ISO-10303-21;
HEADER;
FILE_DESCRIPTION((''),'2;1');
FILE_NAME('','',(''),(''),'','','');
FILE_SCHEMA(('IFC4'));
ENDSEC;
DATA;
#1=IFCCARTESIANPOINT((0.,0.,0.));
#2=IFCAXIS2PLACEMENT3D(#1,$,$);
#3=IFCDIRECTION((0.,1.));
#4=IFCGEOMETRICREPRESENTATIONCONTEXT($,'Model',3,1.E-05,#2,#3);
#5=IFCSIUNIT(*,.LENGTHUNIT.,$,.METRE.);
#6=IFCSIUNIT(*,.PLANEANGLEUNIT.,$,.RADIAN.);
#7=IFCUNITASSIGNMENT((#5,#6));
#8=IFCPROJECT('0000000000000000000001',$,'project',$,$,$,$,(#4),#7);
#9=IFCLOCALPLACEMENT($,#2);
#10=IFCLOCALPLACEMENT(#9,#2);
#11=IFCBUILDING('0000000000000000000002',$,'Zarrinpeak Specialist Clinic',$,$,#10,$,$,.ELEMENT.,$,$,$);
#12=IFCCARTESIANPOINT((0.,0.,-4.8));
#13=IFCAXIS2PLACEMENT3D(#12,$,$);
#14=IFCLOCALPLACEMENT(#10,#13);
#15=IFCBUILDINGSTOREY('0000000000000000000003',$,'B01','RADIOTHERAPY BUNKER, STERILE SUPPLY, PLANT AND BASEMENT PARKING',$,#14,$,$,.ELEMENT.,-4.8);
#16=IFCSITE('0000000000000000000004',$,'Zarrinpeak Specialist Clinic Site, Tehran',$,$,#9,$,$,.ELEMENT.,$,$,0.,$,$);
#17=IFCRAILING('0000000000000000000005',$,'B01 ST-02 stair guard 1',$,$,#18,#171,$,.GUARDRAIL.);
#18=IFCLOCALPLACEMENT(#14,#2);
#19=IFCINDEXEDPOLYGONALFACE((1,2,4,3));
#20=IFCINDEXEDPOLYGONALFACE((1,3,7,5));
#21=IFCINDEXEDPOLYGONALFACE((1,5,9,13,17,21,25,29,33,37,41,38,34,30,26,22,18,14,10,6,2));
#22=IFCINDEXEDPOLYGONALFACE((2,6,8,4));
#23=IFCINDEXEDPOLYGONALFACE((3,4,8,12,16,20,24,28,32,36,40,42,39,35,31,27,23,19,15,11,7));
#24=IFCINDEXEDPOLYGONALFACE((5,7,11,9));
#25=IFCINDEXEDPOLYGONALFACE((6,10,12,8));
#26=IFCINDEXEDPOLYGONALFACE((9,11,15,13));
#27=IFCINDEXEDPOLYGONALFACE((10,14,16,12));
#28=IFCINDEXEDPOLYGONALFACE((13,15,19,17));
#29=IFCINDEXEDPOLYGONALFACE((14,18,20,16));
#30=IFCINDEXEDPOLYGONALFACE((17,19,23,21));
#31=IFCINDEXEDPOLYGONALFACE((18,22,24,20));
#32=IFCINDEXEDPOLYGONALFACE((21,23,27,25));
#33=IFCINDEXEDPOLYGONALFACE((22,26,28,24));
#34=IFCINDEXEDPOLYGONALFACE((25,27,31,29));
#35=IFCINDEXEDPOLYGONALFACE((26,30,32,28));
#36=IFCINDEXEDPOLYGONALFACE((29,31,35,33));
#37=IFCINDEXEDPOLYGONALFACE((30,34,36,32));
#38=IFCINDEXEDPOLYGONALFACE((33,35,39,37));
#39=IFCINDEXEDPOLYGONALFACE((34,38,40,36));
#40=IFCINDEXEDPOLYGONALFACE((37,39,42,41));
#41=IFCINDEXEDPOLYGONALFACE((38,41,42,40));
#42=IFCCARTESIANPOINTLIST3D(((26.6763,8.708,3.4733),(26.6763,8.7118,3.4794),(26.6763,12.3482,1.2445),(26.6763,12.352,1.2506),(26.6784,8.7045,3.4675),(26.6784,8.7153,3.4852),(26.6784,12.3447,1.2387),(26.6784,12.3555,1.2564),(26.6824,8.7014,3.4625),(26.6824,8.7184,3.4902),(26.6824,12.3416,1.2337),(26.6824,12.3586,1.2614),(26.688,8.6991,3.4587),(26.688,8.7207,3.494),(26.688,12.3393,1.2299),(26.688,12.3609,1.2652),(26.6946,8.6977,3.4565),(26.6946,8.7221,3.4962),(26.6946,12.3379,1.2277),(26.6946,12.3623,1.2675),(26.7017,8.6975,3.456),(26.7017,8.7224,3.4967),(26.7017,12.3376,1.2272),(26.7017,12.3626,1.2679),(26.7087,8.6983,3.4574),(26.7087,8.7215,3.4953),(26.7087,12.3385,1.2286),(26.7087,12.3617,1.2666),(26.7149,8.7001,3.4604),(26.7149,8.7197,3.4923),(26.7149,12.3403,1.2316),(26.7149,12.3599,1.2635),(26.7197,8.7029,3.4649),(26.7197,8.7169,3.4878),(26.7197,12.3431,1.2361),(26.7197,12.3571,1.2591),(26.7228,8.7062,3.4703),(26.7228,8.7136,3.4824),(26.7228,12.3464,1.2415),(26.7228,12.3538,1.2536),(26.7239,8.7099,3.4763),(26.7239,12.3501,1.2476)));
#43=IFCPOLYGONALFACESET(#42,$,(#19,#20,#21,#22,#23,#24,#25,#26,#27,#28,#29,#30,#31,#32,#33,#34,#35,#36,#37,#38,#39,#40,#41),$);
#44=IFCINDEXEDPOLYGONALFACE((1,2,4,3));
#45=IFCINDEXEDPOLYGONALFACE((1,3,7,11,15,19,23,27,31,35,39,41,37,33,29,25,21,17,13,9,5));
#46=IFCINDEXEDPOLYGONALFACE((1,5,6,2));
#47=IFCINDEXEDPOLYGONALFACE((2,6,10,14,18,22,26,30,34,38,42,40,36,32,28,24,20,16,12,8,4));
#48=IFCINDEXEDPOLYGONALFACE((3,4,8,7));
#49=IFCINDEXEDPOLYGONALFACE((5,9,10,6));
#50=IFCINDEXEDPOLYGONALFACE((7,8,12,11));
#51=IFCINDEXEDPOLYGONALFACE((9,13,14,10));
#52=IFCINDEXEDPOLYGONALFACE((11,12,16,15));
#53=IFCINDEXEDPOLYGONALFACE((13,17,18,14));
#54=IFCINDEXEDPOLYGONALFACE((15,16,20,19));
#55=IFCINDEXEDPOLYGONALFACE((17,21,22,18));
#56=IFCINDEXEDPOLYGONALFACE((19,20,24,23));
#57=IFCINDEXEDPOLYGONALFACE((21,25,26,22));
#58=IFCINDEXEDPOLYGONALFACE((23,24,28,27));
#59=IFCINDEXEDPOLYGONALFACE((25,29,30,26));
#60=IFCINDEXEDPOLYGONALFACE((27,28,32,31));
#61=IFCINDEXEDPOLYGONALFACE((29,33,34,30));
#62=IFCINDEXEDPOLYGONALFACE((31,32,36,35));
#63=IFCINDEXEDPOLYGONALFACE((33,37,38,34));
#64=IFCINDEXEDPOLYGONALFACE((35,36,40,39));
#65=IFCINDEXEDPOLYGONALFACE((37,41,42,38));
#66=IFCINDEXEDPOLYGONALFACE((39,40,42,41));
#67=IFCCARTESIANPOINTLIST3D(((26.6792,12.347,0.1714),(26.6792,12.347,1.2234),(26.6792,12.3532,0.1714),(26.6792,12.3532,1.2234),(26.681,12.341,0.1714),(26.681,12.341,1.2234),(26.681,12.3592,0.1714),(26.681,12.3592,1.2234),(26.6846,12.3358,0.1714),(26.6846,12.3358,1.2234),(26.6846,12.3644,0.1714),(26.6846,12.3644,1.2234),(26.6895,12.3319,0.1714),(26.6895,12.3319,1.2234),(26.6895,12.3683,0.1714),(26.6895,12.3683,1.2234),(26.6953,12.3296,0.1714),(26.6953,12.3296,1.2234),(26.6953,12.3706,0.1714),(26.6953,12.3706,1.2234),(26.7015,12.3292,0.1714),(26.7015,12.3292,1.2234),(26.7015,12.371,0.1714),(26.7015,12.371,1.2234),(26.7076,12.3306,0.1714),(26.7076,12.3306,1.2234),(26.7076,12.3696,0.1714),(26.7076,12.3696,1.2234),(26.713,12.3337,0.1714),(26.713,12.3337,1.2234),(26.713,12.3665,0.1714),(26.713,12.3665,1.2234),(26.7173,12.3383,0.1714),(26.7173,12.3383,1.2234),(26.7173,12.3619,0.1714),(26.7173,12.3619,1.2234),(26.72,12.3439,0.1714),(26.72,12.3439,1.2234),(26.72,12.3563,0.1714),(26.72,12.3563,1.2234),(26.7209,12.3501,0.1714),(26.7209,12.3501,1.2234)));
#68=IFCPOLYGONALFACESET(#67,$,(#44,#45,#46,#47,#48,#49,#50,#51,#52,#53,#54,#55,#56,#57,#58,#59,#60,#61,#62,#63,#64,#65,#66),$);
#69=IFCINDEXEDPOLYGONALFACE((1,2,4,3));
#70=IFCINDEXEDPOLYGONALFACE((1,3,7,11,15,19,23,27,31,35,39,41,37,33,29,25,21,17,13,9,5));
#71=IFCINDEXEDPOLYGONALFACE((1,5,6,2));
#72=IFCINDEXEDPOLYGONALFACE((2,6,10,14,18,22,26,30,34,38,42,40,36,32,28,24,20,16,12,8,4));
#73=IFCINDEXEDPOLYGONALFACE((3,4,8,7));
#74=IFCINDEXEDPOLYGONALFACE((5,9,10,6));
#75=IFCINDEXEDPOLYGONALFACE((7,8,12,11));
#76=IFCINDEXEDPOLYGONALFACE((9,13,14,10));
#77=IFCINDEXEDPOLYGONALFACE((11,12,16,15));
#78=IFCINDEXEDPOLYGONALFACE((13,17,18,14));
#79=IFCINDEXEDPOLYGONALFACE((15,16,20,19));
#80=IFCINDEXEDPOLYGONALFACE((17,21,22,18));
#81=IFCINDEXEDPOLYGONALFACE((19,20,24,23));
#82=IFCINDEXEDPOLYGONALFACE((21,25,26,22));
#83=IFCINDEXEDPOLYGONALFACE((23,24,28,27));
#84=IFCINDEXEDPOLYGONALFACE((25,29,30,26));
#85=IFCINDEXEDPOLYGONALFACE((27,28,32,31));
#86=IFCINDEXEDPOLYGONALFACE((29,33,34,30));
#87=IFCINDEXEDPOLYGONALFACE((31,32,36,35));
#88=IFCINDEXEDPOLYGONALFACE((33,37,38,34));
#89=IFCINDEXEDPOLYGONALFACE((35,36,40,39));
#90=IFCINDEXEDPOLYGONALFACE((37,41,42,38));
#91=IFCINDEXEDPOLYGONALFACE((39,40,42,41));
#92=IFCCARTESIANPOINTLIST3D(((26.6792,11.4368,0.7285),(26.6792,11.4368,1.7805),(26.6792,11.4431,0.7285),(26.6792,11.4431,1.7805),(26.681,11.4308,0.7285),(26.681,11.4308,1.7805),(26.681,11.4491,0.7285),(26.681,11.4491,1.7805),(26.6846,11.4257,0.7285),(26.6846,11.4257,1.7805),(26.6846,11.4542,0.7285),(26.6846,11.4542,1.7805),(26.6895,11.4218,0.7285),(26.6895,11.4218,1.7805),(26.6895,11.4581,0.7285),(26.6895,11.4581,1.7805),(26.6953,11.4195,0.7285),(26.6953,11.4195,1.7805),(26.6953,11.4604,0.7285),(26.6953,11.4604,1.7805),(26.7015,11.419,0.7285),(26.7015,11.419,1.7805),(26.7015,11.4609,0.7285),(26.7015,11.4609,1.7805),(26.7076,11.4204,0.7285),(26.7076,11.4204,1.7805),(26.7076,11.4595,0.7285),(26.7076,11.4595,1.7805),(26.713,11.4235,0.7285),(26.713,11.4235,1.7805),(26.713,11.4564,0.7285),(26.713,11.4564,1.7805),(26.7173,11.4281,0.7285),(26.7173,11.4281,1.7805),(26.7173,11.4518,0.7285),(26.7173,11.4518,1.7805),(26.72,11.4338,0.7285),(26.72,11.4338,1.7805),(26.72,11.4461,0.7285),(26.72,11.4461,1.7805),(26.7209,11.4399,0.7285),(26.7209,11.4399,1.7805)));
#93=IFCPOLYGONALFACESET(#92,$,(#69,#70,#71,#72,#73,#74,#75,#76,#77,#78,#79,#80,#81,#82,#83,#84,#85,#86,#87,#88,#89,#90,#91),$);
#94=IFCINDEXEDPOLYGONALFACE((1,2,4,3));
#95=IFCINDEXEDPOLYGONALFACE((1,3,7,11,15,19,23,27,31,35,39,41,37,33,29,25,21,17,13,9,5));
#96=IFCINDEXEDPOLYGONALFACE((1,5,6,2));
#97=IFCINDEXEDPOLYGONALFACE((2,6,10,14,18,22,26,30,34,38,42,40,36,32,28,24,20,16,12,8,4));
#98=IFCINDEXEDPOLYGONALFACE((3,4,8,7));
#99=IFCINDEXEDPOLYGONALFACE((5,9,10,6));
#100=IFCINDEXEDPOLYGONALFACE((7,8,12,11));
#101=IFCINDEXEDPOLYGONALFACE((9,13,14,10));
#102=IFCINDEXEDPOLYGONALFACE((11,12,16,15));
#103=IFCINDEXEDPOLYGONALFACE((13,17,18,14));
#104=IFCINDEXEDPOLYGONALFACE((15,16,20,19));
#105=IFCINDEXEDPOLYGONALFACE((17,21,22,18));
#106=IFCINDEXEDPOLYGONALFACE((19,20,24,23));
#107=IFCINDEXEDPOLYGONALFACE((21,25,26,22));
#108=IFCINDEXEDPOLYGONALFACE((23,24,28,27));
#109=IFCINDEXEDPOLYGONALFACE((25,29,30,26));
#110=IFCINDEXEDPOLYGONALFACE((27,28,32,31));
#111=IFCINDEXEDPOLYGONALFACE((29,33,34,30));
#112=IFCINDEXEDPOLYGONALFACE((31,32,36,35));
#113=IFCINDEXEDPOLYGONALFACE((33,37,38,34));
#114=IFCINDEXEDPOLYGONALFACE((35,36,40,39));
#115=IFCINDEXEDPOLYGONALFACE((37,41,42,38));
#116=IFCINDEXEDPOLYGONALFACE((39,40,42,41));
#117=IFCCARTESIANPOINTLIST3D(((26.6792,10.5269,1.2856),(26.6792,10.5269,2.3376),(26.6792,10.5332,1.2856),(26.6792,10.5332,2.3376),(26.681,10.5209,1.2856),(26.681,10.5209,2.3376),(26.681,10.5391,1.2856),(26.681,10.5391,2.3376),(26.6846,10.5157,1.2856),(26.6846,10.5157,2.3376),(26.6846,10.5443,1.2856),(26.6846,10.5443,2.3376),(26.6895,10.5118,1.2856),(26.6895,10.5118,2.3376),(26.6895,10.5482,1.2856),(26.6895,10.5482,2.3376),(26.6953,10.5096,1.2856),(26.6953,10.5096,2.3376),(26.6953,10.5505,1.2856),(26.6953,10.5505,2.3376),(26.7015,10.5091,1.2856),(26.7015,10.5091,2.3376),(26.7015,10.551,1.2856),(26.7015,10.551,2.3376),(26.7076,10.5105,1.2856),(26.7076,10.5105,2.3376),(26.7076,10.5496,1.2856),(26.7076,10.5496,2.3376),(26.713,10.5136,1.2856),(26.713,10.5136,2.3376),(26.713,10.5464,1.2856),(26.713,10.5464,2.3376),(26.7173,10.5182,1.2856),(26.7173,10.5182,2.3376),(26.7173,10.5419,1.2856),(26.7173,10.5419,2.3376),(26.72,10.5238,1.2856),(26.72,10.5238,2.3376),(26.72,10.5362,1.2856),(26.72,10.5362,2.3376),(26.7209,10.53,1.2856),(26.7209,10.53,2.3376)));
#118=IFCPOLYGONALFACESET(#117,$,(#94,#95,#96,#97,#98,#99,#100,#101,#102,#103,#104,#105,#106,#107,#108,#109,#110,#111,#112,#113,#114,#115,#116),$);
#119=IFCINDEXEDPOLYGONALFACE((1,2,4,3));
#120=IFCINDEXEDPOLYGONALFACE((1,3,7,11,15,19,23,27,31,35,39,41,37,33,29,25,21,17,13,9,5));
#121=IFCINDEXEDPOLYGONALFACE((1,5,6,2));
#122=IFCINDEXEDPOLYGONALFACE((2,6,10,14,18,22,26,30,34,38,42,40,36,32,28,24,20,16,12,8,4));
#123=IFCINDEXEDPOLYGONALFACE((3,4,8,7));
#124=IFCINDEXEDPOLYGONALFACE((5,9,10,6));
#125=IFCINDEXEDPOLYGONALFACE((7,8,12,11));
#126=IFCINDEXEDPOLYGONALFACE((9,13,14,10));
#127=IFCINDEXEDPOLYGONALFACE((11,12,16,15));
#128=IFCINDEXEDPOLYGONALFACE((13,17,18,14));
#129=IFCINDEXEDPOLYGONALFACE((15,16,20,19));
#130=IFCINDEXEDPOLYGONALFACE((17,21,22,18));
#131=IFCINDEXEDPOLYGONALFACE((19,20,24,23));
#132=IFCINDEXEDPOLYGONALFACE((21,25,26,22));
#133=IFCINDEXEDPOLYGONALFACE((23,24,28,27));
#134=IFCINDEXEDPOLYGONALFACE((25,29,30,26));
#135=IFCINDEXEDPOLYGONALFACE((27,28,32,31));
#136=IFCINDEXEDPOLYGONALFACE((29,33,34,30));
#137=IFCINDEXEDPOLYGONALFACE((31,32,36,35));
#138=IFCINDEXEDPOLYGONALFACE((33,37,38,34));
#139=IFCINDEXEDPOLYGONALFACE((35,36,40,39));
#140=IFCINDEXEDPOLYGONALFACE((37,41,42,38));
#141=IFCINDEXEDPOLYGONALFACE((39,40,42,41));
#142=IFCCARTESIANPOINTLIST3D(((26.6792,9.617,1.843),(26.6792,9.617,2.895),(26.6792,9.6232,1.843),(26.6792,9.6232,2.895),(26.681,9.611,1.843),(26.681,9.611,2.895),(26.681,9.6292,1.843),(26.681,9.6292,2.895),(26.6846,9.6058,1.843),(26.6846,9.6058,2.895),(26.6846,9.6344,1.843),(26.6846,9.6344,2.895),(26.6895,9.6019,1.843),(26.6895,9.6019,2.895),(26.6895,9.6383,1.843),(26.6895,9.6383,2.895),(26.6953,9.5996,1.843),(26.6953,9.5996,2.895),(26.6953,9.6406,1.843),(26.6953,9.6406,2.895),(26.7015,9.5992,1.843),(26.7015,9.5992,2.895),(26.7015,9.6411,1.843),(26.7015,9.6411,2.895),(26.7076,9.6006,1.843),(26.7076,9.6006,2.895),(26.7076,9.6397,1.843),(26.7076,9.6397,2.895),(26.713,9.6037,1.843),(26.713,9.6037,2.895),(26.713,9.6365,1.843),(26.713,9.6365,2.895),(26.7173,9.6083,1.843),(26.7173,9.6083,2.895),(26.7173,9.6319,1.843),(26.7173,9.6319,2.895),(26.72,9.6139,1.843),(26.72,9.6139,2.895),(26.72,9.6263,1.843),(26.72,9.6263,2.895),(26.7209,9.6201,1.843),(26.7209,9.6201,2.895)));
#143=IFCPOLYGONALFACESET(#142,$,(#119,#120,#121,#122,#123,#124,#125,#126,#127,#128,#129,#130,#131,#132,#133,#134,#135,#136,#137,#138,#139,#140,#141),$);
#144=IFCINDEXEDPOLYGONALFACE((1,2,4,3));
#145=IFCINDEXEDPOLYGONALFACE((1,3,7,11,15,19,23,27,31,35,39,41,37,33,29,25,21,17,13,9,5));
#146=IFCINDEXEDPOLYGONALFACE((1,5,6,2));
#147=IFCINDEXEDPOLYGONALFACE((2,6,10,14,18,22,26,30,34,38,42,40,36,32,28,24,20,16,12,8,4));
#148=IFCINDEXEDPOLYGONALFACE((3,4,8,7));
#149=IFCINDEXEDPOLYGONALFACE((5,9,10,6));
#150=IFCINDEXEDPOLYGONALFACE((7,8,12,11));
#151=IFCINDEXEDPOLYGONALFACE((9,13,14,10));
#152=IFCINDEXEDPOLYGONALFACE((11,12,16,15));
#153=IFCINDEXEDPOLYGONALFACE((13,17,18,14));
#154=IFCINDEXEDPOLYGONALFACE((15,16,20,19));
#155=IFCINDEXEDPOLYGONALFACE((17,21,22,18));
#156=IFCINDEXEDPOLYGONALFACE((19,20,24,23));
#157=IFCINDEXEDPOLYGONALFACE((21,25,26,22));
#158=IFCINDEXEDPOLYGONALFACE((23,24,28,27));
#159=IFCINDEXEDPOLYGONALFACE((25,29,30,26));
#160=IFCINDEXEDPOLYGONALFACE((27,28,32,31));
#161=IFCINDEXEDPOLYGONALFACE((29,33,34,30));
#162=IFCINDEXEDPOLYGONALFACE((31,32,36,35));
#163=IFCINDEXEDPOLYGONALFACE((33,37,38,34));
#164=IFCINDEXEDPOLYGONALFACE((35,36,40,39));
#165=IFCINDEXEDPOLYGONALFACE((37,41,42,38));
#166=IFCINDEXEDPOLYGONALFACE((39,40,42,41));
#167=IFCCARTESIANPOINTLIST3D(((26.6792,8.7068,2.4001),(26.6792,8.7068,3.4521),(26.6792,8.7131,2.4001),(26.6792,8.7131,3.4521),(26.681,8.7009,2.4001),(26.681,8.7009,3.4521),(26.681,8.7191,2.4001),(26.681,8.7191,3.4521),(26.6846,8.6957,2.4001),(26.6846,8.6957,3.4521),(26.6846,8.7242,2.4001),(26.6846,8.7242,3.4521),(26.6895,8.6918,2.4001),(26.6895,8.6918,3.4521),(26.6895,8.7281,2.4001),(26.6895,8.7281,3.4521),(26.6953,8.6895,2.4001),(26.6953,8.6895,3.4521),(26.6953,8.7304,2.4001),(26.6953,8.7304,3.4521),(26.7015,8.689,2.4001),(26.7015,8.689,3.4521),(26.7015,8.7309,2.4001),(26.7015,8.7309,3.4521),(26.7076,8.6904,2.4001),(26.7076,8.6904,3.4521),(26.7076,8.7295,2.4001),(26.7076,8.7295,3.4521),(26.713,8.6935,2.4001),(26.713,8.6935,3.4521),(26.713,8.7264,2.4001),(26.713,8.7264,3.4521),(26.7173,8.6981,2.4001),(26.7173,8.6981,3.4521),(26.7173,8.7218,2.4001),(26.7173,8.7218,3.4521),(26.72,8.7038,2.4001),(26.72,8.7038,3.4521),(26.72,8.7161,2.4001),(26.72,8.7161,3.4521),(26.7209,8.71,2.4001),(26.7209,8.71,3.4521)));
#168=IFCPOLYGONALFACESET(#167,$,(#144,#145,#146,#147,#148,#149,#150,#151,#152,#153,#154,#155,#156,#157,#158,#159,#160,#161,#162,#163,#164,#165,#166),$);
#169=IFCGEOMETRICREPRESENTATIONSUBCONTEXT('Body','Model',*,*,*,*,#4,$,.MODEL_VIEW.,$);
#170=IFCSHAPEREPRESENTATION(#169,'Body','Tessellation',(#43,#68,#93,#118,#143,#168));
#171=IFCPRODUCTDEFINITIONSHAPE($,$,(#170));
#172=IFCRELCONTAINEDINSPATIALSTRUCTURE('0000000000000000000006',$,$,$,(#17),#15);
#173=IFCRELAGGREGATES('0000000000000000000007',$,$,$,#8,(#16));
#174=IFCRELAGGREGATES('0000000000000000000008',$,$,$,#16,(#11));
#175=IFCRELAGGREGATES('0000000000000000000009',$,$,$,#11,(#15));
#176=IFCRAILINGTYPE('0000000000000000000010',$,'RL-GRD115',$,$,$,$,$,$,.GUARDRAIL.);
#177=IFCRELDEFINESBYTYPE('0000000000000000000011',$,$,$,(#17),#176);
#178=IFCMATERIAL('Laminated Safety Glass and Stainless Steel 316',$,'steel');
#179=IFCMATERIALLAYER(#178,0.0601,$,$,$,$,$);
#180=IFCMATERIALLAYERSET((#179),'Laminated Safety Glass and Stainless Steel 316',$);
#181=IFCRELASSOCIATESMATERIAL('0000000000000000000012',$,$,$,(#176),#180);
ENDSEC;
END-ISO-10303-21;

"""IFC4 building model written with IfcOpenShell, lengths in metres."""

from ifc_helpers import new_model, si_unit, direction, frame, origin, origin_2d, place, context, subcontext, project, spatial, circle, extrude, material, layer, layer_set, type_object, element, save


model = new_model("IFC4")

# Units and contexts
model_context = context("Model", 3, precision=1e-05, world=origin(), true_north=direction((0.0, 1.0)))
body_context = subcontext(model_context, "Body", "Model", "MODEL_VIEW")
ifc_project = project(units=[si_unit("LENGTHUNIT", "METRE"), si_unit("PLANEANGLEUNIT", "RADIAN")], contexts=[model_context])

# Site, building, storey
site_placement = place(None, origin())
site = spatial("IfcSite", under=ifc_project, at=site_placement, Name="Zarrinpeak Specialist Clinic Site, Tehran", CompositionType="ELEMENT", RefElevation=0.0)
building_placement = place(site_placement, origin())
building = spatial("IfcBuilding", under=site, at=building_placement, Name="Zarrinpeak Specialist Clinic", CompositionType="ELEMENT")
storey_placement = place(building_placement, frame((0.0, 0.0, -4.8)))
storey = spatial("IfcBuildingStorey", under=building, at=storey_placement, Name="B01", Description="RADIOTHERAPY BUNKER, STERILE SUPPLY, PLANT AND BASEMENT PARKING", CompositionType="ELEMENT", Elevation=-4.8)

# Railing
ifc_material_1 = material(Name="Laminated Safety Glass and Stainless Steel 316", Category="steel")
ifc_layer_1 = layer(ifc_material_1, 0.0601)
ifc_layer_set_1 = layer_set([ifc_layer_1], Name="Laminated Safety Glass and Stainless Steel 316")
railing_type_1 = type_object("IfcRailingType", Name="RL-GRD115", PredefinedType="GUARDRAIL", material=ifc_layer_set_1)
railing_1_placement = place(storey_placement, frame((26.7, 12.3501, 0.1714)))
element("IfcRailing", 1, at=railing_1_placement, inside=storey, type_object=railing_type_1, Name="B01 ST-02 stair guard 1", PredefinedType="GUARDRAIL", context=body_context, shape_type="SweptSolid", body=[
    extrude(circle(Radius=0.0239, at=origin_2d()), frame((0.0, 0.0, 1.0762), z_axis=(0.0, -0.85284, 0.522172), x_axis=(1.0, 0.0, 0.0)), (0.0, 0.0, 1.0), 4.2683),
    extrude(circle(Radius=0.021, at=origin_2d()), origin(), (0.0, 0.0, 1.0), 1.052),
    extrude(circle(Radius=0.021, at=origin_2d()), frame((0.0, -0.9102, 0.5571)), (0.0, 0.0, 1.0), 1.052),
    extrude(circle(Radius=0.021, at=origin_2d()), frame((0.0, -1.8201, 1.1143)), (0.0, 0.0, 1.0), 1.052),
    extrude(circle(Radius=0.021, at=origin_2d()), frame((0.0, -2.73, 1.6716)), (0.0, 0.0, 1.0), 1.052),
    extrude(circle(Radius=0.021, at=origin_2d()), frame((0.0, -3.6401, 2.2288)), (0.0, 0.0, 1.0), 1.052),
])

save(model, "model.ifc")
